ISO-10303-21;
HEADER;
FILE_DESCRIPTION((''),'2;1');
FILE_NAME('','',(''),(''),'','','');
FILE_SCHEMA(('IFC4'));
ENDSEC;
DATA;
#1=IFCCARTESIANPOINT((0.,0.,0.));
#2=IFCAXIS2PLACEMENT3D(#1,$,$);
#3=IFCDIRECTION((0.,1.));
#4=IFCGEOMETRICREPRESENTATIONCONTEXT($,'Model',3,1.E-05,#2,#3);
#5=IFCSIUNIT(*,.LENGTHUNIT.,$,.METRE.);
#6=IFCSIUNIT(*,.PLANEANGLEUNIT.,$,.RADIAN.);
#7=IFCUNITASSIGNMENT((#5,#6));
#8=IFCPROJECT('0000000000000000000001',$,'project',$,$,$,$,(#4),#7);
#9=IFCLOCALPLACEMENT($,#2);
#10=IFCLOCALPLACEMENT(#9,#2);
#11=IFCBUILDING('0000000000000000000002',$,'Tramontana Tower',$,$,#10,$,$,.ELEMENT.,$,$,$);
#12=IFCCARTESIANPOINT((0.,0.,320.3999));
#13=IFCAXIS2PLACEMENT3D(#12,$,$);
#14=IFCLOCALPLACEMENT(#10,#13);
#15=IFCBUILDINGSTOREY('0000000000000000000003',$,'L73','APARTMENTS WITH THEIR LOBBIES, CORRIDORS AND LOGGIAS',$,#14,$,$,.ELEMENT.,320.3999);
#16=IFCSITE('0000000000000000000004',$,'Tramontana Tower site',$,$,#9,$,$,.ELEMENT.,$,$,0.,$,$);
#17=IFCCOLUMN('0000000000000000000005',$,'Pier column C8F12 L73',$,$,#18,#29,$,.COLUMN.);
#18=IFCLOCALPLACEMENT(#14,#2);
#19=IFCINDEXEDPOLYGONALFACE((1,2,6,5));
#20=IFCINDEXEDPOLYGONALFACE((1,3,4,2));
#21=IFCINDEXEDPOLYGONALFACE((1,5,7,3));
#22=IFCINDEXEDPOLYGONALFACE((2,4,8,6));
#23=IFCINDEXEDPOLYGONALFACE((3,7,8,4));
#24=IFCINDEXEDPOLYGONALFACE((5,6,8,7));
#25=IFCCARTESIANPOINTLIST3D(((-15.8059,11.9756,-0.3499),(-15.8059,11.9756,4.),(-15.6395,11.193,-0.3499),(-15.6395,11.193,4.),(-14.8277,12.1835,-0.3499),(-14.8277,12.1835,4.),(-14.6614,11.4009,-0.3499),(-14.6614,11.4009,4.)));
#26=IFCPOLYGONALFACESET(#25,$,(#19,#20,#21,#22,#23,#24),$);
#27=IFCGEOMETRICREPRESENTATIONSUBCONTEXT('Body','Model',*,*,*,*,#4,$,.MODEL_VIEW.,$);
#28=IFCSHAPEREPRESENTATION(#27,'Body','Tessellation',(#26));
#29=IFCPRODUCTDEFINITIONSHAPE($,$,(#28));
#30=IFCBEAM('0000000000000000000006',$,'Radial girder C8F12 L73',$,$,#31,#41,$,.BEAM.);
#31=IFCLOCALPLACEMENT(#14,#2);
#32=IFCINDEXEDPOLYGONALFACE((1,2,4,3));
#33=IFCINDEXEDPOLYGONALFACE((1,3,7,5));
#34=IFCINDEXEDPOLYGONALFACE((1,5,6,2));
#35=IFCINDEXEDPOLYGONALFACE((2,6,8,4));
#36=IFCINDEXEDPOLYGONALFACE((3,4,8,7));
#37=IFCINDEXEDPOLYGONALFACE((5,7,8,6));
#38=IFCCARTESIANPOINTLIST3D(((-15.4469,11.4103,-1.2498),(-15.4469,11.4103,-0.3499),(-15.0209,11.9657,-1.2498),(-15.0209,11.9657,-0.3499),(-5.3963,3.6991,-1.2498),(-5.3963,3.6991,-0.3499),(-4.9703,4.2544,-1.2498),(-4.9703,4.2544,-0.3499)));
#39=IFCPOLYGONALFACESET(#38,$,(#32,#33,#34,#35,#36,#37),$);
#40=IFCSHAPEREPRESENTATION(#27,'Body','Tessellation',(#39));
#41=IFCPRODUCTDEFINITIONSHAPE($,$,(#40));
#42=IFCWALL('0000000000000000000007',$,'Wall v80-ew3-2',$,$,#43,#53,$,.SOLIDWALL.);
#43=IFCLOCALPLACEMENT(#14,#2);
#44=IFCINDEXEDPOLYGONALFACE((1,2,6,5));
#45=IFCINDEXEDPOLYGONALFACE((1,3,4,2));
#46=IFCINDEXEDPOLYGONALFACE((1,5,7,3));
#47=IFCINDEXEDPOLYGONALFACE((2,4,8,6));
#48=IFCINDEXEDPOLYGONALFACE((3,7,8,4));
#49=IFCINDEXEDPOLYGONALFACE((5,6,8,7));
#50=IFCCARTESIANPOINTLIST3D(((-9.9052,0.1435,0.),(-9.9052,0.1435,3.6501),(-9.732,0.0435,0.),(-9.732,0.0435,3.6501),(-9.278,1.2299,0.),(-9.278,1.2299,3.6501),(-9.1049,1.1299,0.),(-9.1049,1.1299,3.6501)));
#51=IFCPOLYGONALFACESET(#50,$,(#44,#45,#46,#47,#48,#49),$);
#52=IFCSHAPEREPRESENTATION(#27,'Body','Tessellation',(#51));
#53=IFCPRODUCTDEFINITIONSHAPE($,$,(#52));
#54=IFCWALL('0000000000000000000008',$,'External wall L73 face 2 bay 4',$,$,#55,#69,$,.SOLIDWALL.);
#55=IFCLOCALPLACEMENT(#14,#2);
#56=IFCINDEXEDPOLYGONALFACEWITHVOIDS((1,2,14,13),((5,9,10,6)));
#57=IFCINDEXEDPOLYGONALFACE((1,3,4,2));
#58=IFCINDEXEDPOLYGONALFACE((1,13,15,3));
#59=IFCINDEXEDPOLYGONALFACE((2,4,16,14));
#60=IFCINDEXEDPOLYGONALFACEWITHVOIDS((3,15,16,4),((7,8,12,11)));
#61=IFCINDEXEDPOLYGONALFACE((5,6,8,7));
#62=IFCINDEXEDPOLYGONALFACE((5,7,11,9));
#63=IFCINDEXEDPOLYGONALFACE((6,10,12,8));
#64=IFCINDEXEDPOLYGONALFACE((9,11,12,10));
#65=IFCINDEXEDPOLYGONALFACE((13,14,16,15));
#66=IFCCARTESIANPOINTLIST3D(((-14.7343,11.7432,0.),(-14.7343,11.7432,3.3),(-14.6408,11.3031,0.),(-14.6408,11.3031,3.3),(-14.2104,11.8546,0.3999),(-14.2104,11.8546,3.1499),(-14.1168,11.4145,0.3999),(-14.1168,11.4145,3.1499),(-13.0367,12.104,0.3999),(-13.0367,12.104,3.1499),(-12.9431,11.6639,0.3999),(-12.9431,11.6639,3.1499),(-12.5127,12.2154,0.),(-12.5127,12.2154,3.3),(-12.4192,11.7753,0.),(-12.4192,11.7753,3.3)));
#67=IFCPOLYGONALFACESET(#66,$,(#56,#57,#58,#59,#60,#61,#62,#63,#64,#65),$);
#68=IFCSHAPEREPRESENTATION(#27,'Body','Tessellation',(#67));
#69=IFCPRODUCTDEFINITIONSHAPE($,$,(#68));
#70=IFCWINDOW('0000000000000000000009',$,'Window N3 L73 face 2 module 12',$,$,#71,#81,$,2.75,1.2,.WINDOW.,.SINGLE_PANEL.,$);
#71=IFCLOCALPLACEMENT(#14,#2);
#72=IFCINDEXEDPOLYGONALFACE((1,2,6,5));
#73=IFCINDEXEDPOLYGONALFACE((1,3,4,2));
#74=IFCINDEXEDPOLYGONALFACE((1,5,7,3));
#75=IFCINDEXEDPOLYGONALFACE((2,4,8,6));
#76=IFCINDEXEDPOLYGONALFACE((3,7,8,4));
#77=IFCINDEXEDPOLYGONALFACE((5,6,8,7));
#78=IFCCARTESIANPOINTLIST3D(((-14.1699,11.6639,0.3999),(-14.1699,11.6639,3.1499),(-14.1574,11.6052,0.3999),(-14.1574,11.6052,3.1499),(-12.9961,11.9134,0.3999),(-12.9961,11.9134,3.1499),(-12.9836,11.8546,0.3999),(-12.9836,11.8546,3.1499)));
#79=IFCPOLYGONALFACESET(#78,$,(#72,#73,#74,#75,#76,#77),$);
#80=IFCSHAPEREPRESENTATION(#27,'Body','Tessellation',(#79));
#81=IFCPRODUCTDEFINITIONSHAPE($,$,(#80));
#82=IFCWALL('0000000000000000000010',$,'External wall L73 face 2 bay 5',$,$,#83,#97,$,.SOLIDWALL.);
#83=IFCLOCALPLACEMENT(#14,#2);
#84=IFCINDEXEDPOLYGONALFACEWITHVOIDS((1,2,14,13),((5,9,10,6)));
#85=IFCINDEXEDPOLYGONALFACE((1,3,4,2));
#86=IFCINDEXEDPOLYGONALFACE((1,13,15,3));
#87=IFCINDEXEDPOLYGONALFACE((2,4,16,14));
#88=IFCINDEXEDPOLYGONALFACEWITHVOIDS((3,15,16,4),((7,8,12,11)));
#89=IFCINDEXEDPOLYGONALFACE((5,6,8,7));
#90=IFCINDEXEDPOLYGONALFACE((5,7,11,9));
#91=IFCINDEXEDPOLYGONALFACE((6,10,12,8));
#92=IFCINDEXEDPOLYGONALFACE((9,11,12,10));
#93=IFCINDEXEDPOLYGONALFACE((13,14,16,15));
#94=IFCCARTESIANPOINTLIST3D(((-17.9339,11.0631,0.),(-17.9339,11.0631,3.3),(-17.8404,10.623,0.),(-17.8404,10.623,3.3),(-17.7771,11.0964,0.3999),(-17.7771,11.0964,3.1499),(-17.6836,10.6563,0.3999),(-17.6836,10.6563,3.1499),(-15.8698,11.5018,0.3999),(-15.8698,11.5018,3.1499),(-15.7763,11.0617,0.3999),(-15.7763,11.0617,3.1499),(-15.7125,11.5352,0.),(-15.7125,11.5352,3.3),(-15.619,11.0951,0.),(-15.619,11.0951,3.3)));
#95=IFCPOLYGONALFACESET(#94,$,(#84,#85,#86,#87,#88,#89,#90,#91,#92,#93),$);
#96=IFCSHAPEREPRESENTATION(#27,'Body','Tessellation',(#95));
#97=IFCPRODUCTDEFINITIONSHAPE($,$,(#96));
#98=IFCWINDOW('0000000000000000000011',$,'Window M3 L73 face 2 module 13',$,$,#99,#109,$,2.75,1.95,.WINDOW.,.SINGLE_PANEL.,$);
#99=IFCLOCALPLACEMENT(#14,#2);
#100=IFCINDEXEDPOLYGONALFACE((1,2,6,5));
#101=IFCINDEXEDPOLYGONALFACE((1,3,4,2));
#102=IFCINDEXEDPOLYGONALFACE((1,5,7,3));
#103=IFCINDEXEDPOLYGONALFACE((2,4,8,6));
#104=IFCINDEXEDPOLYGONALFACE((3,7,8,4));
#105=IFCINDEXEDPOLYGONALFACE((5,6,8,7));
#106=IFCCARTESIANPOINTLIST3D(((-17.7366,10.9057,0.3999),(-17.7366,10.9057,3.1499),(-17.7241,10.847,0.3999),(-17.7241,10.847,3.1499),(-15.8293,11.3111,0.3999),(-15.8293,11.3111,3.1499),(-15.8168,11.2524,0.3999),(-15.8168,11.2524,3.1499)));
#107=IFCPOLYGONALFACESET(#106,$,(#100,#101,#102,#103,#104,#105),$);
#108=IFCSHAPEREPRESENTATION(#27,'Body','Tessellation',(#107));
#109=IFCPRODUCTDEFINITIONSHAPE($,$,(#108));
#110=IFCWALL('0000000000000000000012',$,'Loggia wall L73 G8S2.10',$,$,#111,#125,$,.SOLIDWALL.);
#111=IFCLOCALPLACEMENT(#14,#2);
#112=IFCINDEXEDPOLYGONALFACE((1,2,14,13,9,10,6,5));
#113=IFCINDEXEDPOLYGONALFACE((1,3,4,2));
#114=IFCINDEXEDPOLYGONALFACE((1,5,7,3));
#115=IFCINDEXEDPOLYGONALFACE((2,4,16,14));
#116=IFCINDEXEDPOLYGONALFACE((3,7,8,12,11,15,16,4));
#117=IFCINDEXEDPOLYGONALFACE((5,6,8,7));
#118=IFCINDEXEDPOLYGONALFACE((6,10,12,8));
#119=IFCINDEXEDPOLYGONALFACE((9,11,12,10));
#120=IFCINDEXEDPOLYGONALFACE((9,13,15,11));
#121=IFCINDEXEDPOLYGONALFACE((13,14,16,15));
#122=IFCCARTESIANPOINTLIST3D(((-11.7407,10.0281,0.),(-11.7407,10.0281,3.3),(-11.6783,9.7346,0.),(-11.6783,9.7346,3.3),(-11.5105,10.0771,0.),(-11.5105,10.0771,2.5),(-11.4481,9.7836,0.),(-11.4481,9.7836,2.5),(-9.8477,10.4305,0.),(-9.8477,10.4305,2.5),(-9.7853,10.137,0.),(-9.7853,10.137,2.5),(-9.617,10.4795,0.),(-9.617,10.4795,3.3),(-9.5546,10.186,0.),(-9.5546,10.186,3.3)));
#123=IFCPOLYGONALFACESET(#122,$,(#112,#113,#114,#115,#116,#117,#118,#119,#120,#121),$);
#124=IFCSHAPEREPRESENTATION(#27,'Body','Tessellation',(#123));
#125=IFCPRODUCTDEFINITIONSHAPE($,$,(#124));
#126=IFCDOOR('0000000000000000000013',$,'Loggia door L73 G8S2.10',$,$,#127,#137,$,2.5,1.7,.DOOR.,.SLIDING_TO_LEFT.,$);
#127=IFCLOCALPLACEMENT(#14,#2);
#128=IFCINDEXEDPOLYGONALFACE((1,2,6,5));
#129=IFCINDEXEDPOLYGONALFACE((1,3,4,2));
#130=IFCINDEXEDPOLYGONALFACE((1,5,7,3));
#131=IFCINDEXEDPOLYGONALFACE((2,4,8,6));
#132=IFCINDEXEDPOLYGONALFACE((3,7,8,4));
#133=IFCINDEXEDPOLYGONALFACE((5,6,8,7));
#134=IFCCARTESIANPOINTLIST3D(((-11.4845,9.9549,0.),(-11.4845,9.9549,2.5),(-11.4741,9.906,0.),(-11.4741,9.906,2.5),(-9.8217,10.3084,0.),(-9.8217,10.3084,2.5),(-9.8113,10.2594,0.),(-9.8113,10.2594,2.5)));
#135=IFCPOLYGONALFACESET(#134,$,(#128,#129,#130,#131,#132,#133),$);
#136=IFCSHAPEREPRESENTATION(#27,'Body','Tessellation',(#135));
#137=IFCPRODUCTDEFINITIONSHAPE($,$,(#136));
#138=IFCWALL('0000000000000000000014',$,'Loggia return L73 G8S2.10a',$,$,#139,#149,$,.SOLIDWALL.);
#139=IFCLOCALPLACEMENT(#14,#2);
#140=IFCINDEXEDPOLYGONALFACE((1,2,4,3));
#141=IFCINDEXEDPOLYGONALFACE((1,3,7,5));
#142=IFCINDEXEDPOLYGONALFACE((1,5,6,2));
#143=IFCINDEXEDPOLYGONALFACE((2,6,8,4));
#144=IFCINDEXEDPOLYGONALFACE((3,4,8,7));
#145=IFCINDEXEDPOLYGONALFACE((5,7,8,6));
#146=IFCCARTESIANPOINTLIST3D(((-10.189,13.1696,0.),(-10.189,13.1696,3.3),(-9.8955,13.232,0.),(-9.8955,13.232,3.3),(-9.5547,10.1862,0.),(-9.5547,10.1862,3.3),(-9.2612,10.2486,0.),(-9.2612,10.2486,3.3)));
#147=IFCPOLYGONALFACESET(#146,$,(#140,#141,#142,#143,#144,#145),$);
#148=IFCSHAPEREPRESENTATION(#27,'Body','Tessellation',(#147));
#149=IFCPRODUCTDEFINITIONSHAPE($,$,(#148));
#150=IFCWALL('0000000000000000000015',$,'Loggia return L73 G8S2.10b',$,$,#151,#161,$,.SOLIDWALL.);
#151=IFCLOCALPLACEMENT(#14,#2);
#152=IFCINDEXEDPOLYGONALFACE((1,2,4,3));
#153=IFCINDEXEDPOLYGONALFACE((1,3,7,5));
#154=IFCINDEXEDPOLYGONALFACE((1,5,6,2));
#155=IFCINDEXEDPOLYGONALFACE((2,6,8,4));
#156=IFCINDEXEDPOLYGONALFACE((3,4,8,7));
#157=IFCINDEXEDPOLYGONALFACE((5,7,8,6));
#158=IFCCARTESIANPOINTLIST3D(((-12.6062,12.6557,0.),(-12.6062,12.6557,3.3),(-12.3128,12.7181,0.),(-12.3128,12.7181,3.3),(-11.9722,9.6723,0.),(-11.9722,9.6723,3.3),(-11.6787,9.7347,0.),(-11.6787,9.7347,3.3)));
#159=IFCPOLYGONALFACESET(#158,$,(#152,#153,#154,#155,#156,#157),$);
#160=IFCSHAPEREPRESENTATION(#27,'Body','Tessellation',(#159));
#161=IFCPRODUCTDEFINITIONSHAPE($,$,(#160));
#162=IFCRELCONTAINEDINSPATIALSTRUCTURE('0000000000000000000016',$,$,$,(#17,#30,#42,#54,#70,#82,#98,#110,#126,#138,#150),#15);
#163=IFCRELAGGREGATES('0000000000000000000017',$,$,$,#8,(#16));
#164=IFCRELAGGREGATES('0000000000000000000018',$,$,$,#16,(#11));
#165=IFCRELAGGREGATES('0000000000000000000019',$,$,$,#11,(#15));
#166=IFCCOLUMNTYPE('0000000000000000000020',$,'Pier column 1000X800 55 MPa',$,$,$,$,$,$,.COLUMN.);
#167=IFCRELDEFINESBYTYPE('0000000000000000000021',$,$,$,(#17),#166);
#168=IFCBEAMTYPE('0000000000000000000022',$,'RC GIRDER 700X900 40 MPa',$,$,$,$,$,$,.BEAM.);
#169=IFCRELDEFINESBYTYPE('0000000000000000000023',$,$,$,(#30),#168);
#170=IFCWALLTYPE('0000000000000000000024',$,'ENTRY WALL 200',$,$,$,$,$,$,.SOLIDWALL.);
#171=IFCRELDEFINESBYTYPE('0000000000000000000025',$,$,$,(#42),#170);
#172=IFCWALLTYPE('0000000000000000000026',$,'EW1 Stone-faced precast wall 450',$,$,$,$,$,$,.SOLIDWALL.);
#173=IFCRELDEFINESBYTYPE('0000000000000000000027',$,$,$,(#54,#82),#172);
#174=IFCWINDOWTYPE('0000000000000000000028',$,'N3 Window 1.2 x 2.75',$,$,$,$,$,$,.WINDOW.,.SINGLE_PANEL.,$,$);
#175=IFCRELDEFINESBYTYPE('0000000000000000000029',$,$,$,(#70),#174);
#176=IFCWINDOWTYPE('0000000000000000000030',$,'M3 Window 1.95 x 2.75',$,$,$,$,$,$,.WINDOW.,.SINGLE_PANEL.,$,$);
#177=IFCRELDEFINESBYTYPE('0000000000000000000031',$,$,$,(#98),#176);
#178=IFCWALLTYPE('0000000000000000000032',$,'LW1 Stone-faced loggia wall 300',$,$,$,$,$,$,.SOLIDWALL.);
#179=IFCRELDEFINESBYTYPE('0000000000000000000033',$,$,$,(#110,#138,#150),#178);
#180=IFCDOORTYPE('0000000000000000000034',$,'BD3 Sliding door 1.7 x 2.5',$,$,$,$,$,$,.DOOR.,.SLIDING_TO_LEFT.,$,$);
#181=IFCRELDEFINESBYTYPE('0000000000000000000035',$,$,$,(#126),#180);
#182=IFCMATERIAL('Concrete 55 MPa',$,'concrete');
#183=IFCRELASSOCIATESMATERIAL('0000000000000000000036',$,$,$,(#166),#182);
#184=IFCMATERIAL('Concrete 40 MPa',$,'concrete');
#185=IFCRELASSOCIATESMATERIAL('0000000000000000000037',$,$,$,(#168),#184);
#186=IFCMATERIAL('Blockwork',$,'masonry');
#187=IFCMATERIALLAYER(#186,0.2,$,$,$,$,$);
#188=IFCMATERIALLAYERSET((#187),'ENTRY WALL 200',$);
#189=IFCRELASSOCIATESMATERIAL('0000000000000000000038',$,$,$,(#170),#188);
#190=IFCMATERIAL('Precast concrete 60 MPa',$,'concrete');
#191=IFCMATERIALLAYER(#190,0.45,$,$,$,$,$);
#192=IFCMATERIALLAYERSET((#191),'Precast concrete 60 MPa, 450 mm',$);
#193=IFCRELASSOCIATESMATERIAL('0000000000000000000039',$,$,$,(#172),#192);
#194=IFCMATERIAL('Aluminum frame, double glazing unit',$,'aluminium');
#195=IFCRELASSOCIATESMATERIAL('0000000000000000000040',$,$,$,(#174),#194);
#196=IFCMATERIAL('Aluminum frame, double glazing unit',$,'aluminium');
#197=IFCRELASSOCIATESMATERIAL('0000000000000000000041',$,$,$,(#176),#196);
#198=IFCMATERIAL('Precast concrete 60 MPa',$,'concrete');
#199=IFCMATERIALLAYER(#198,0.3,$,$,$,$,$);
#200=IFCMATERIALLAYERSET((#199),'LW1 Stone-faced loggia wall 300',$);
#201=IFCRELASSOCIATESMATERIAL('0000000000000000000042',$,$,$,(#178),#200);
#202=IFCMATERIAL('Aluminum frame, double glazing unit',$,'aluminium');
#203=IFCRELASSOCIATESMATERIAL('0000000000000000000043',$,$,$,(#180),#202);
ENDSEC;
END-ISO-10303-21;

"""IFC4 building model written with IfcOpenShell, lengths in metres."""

from ifc_helpers import new_model, si_unit, direction, frame, frame_2d, origin, origin_2d, place, context, subcontext, project, spatial, rectangle, extrude, material, layer, layer_set, material_profile, profile_set, type_object, element, fill, save


model = new_model("IFC4")

# Units and contexts
model_context = context("Model", 3, precision=1e-05, world=origin(), true_north=direction((0.0, 1.0)))
body_context = subcontext(model_context, "Body", "Model", "MODEL_VIEW")
ifc_project = project(units=[si_unit("LENGTHUNIT", "METRE"), si_unit("PLANEANGLEUNIT", "RADIAN")], contexts=[model_context])

# Site, building, storey
site_placement = place(None, origin())
site = spatial("IfcSite", under=ifc_project, at=site_placement, Name="Tramontana Tower site", CompositionType="ELEMENT", RefElevation=0.0)
building_placement = place(site_placement, origin())
building = spatial("IfcBuilding", under=site, at=building_placement, Name="Tramontana Tower", CompositionType="ELEMENT")
storey_placement = place(building_placement, frame((0.0, 0.0, 320.3999)))
storey = spatial("IfcBuildingStorey", under=building, at=storey_placement, Name="L73", Description="APARTMENTS WITH THEIR LOBBIES, CORRIDORS AND LOGGIAS", CompositionType="ELEMENT", Elevation=320.3999)

# Column
ifc_material_1 = material(Name="Concrete 55 MPa", Category="concrete")
ifc_material_profile_1 = material_profile(ifc_material_1, rectangle(XDim=1.0, YDim=0.8, at=origin_2d()), Name="Pier column 1000X800 55 MPa")
ifc_profile_set_1 = profile_set([ifc_material_profile_1], Name="Concrete 55 MPa")
column_type = type_object("IfcColumnType", Name="Pier column 1000X800 55 MPa", PredefinedType="COLUMN", material=ifc_profile_set_1)
column_placement = place(storey_placement, frame((-15.2336, 11.6882, -0.3499), z_axis=(0.0, 0.0, 1.0), x_axis=(-0.978148, -0.207912, 0.0)))
element("IfcColumn", 1, at=column_placement, inside=storey, type_object=column_type, Name="Pier column C8F12 L73", PredefinedType="COLUMN", context=body_context, shape_type="SweptSolid", body=[
    extrude(rectangle(XDim=1.0, YDim=0.8, at=origin_2d()), origin(), (0.0, 0.0, 1.0), 4.3499),
])

# Beam
ifc_material_2 = material(Name="Concrete 40 MPa", Category="concrete")
ifc_material_profile_2 = material_profile(ifc_material_2, rectangle(XDim=0.7, YDim=0.8999, at=origin_2d()), Name="RC GIRDER 700X900 40 MPa")
ifc_profile_set_2 = profile_set([ifc_material_profile_2], Name="Concrete 40 MPa")
beam_type = type_object("IfcBeamType", Name="RC GIRDER 700X900 40 MPa", PredefinedType="BEAM", material=ifc_profile_set_2)
beam_placement = place(storey_placement, frame((-15.2339, 11.688, -0.7998), z_axis=(0.793386, -0.608718, 0.0), x_axis=(0.608718, 0.793386, 0.0)))
element("IfcBeam", 2, at=beam_placement, inside=storey, type_object=beam_type, Name="Radial girder C8F12 L73", PredefinedType="BEAM", context=body_context, shape_type="SweptSolid", body=[
    extrude(rectangle(XDim=0.7, YDim=0.8999, at=origin_2d()), origin(), (0.0, 0.0, 1.0), 12.668),
])

# Wall
ifc_material_3 = material(Name="Blockwork", Category="masonry")
ifc_layer_1 = layer(ifc_material_3, 0.2)
ifc_layer_set_1 = layer_set([ifc_layer_1], Name="ENTRY WALL 200")
wall_type_1 = type_object("IfcWallType", Name="ENTRY WALL 200", PredefinedType="SOLIDWALL", material=ifc_layer_set_1)
wall_1_placement = place(storey_placement, frame((-9.8186, 0.0935, 0.0), z_axis=(0.0, 0.0, 1.0), x_axis=(0.49997, 0.866043, 0.0)))
element("IfcWall", 3, at=wall_1_placement, inside=storey, type_object=wall_type_1, Name="Wall v80-ew3-2", PredefinedType="SOLIDWALL", context=body_context, shape_type="SweptSolid", body=[
    extrude(rectangle(XDim=1.2544, YDim=0.2, at=frame_2d((0.6272, 0.0))), origin(), (0.0, 0.0, 1.0), 3.6501),
])

# Walls, openings, windows
ifc_material_4 = material(Name="Precast concrete 60 MPa", Category="concrete")
ifc_layer_2 = layer(ifc_material_4, 0.45)
ifc_layer_set_2 = layer_set([ifc_layer_2], Name="Precast concrete 60 MPa, 450 mm")
wall_type_2 = type_object("IfcWallType", Name="EW1 Stone-faced precast wall 450", PredefinedType="SOLIDWALL", material=ifc_layer_set_2)
wall_2_placement = place(storey_placement, frame((-12.4658, 11.9954, 0.0), z_axis=(0.0, 0.0, 1.0), x_axis=(-0.978153, -0.207884, 0.0)))
wall_2 = element("IfcWall", 4, at=wall_2_placement, inside=storey, type_object=wall_type_2, Name="External wall L73 face 2 bay 4", PredefinedType="SOLIDWALL", context=body_context, shape_type="SweptSolid", body=[
    extrude(rectangle(XDim=2.2712, YDim=0.45, at=frame_2d((1.1357, 0.0))), origin(), (0.0, 0.0, 1.0), 3.3),
])
opening_1_placement = place(wall_2_placement, frame((0.5356, 0.0, 0.3999)))
opening_1 = element("IfcOpeningElement", 5, at=opening_1_placement, cuts=wall_2, PredefinedType="OPENING", context=body_context, shape_type="SweptSolid", body=[
    extrude(rectangle(XDim=1.2, YDim=2.75, at=frame_2d((0.6001, 1.375))), frame((0.0, 0.2349, 0.0), z_axis=(0.0, -1.0, 0.0), x_axis=(1.0, 0.0, 0.0)), (0.0, 0.0, 1.0), 0.47),
])
ifc_material_5 = material(Name="Aluminum frame, double glazing unit", Category="aluminium")
window_type_1 = type_object("IfcWindowType", Name="N3 Window 1.2 x 2.75", PartitioningType="SINGLE_PANEL", PredefinedType="WINDOW", material=ifc_material_5)
window_1_placement = place(opening_1_placement, origin())
window_1 = element("IfcWindow", 6, at=window_1_placement, inside=storey, type_object=window_type_1, Name="Window N3 L73 face 2 module 12", OverallHeight=2.75, OverallWidth=1.2, PartitioningType="SINGLE_PANEL", PredefinedType="WINDOW", context=body_context, shape_type="SweptSolid", body=[
    extrude(rectangle(XDim=1.2, YDim=2.75, at=frame_2d((0.6001, 1.375))), frame((0.0, 0.03, 0.0), z_axis=(0.0, -1.0, 0.0), x_axis=(1.0, 0.0, 0.0)), (0.0, 0.0, 1.0), 0.0601),
])
fill(opening_1, window_1)
wall_3_placement = place(storey_placement, frame((-15.6658, 11.3152, 0.0), z_axis=(0.0, 0.0, 1.0), x_axis=(-0.978149, -0.207906, 0.0)))
wall_3 = element("IfcWall", 7, at=wall_3_placement, inside=storey, type_object=wall_type_2, Name="External wall L73 face 2 bay 5", PredefinedType="SOLIDWALL", context=body_context, shape_type="SweptSolid", body=[
    extrude(rectangle(XDim=2.271, YDim=0.45, at=frame_2d((1.1355, 0.0))), origin(), (0.0, 0.0, 1.0), 3.3),
])
opening_2_placement = place(wall_3_placement, frame((0.1606, 0.0, 0.3999)))
opening_2 = element("IfcOpeningElement", 8, at=opening_2_placement, cuts=wall_3, PredefinedType="OPENING", context=body_context, shape_type="SweptSolid", body=[
    extrude(rectangle(XDim=1.95, YDim=2.75, at=frame_2d((0.9751, 1.375))), frame((0.0, 0.2349, 0.0), z_axis=(0.0, -1.0, 0.0), x_axis=(1.0, 0.0, 0.0)), (0.0, 0.0, 1.0), 0.47),
])
ifc_material_6 = material(Name="Aluminum frame, double glazing unit", Category="aluminium")
window_type_2 = type_object("IfcWindowType", Name="M3 Window 1.95 x 2.75", PartitioningType="SINGLE_PANEL", PredefinedType="WINDOW", material=ifc_material_6)
window_2_placement = place(opening_2_placement, origin())
window_2 = element("IfcWindow", 9, at=window_2_placement, inside=storey, type_object=window_type_2, Name="Window M3 L73 face 2 module 13", OverallHeight=2.75, OverallWidth=1.95, PartitioningType="SINGLE_PANEL", PredefinedType="WINDOW", context=body_context, shape_type="SweptSolid", body=[
    extrude(rectangle(XDim=1.95, YDim=2.75, at=frame_2d((0.9751, 1.375))), frame((0.0, 0.03, 0.0), z_axis=(0.0, -1.0, 0.0), x_axis=(1.0, 0.0, 0.0)), (0.0, 0.0, 1.0), 0.0601),
])
fill(opening_2, window_2)

# Wall, opening, door
ifc_material_7 = material(Name="Precast concrete 60 MPa", Category="concrete")
ifc_layer_3 = layer(ifc_material_7, 0.3)
ifc_layer_set_3 = layer_set([ifc_layer_3], Name="LW1 Stone-faced loggia wall 300")
wall_type_3 = type_object("IfcWallType", Name="LW1 Stone-faced loggia wall 300", PredefinedType="SOLIDWALL", material=ifc_layer_set_3)
wall_4_placement = place(storey_placement, frame((-9.5859, 10.3328, 0.0), z_axis=(0.0, 0.0, 1.0), x_axis=(-0.978148, -0.207909, 0.0)))
wall_4 = element("IfcWall", 10, at=wall_4_placement, inside=storey, type_object=wall_type_3, Name="Loggia wall L73 G8S2.10", PredefinedType="SOLIDWALL", context=body_context, shape_type="SweptSolid", body=[
    extrude(rectangle(XDim=2.1711, YDim=0.3, at=frame_2d((1.0854, 0.0))), origin(), (0.0, 0.0, 1.0), 3.3),
])
opening_3_placement = place(wall_4_placement, frame((0.2356, 0.0, 0.0)))
opening_3 = element("IfcOpeningElement", 11, at=opening_3_placement, cuts=wall_4, PredefinedType="OPENING", context=body_context, shape_type="SweptSolid", body=[
    extrude(rectangle(XDim=1.7, YDim=2.5, at=frame_2d((0.8501, 1.25))), frame((0.0, 0.1599, 0.0), z_axis=(0.0, -1.0, 0.0), x_axis=(1.0, 0.0, 0.0)), (0.0, 0.0, 1.0), 0.3201),
])
ifc_material_8 = material(Name="Aluminum frame, double glazing unit", Category="aluminium")
door_type_1 = type_object("IfcDoorType", Name="BD3 Sliding door 1.7 x 2.5", OperationType="SLIDING_TO_LEFT", PredefinedType="DOOR", material=ifc_material_8)
door_1_placement = place(opening_3_placement, origin())
door_1 = element("IfcDoor", 12, at=door_1_placement, inside=storey, type_object=door_type_1, Name="Loggia door L73 G8S2.10", OperationType="SLIDING_TO_LEFT", OverallHeight=2.5, OverallWidth=1.7, PredefinedType="DOOR", context=body_context, shape_type="SweptSolid", body=[
    extrude(rectangle(XDim=1.7, YDim=2.5, at=frame_2d((0.8501, 1.25))), frame((0.0, 0.0249, 0.0), z_axis=(0.0, -1.0, 0.0), x_axis=(1.0, 0.0, 0.0)), (0.0, 0.0, 1.0), 0.05),
])
fill(opening_3, door_1)

# Walls
for number, where, z_axis, x_axis, name in (
    (13, (-10.0422, 13.2007, 0.0), (0.0, 0.0, 1.0), (0.207954, -0.978139, 0.0), "Loggia return L73 G8S2.10a"),
    (14, (-12.4595, 12.6868, 0.0), (0.0, 0.0, 1.0), (0.207878, -0.978155, 0.0), "Loggia return L73 G8S2.10b"),
):
    element("IfcWall", number, at=place(storey_placement, frame(where, z_axis=z_axis, x_axis=x_axis)), inside=storey, type_object=wall_type_3, Name=name, PredefinedType="SOLIDWALL", context=body_context, shape_type="SweptSolid", body=[
        extrude(rectangle(XDim=3.05, YDim=0.3, at=frame_2d((1.5249, 0.0))), origin(), (0.0, 0.0, 1.0), 3.3),
    ])

save(model, "model.ifc")
